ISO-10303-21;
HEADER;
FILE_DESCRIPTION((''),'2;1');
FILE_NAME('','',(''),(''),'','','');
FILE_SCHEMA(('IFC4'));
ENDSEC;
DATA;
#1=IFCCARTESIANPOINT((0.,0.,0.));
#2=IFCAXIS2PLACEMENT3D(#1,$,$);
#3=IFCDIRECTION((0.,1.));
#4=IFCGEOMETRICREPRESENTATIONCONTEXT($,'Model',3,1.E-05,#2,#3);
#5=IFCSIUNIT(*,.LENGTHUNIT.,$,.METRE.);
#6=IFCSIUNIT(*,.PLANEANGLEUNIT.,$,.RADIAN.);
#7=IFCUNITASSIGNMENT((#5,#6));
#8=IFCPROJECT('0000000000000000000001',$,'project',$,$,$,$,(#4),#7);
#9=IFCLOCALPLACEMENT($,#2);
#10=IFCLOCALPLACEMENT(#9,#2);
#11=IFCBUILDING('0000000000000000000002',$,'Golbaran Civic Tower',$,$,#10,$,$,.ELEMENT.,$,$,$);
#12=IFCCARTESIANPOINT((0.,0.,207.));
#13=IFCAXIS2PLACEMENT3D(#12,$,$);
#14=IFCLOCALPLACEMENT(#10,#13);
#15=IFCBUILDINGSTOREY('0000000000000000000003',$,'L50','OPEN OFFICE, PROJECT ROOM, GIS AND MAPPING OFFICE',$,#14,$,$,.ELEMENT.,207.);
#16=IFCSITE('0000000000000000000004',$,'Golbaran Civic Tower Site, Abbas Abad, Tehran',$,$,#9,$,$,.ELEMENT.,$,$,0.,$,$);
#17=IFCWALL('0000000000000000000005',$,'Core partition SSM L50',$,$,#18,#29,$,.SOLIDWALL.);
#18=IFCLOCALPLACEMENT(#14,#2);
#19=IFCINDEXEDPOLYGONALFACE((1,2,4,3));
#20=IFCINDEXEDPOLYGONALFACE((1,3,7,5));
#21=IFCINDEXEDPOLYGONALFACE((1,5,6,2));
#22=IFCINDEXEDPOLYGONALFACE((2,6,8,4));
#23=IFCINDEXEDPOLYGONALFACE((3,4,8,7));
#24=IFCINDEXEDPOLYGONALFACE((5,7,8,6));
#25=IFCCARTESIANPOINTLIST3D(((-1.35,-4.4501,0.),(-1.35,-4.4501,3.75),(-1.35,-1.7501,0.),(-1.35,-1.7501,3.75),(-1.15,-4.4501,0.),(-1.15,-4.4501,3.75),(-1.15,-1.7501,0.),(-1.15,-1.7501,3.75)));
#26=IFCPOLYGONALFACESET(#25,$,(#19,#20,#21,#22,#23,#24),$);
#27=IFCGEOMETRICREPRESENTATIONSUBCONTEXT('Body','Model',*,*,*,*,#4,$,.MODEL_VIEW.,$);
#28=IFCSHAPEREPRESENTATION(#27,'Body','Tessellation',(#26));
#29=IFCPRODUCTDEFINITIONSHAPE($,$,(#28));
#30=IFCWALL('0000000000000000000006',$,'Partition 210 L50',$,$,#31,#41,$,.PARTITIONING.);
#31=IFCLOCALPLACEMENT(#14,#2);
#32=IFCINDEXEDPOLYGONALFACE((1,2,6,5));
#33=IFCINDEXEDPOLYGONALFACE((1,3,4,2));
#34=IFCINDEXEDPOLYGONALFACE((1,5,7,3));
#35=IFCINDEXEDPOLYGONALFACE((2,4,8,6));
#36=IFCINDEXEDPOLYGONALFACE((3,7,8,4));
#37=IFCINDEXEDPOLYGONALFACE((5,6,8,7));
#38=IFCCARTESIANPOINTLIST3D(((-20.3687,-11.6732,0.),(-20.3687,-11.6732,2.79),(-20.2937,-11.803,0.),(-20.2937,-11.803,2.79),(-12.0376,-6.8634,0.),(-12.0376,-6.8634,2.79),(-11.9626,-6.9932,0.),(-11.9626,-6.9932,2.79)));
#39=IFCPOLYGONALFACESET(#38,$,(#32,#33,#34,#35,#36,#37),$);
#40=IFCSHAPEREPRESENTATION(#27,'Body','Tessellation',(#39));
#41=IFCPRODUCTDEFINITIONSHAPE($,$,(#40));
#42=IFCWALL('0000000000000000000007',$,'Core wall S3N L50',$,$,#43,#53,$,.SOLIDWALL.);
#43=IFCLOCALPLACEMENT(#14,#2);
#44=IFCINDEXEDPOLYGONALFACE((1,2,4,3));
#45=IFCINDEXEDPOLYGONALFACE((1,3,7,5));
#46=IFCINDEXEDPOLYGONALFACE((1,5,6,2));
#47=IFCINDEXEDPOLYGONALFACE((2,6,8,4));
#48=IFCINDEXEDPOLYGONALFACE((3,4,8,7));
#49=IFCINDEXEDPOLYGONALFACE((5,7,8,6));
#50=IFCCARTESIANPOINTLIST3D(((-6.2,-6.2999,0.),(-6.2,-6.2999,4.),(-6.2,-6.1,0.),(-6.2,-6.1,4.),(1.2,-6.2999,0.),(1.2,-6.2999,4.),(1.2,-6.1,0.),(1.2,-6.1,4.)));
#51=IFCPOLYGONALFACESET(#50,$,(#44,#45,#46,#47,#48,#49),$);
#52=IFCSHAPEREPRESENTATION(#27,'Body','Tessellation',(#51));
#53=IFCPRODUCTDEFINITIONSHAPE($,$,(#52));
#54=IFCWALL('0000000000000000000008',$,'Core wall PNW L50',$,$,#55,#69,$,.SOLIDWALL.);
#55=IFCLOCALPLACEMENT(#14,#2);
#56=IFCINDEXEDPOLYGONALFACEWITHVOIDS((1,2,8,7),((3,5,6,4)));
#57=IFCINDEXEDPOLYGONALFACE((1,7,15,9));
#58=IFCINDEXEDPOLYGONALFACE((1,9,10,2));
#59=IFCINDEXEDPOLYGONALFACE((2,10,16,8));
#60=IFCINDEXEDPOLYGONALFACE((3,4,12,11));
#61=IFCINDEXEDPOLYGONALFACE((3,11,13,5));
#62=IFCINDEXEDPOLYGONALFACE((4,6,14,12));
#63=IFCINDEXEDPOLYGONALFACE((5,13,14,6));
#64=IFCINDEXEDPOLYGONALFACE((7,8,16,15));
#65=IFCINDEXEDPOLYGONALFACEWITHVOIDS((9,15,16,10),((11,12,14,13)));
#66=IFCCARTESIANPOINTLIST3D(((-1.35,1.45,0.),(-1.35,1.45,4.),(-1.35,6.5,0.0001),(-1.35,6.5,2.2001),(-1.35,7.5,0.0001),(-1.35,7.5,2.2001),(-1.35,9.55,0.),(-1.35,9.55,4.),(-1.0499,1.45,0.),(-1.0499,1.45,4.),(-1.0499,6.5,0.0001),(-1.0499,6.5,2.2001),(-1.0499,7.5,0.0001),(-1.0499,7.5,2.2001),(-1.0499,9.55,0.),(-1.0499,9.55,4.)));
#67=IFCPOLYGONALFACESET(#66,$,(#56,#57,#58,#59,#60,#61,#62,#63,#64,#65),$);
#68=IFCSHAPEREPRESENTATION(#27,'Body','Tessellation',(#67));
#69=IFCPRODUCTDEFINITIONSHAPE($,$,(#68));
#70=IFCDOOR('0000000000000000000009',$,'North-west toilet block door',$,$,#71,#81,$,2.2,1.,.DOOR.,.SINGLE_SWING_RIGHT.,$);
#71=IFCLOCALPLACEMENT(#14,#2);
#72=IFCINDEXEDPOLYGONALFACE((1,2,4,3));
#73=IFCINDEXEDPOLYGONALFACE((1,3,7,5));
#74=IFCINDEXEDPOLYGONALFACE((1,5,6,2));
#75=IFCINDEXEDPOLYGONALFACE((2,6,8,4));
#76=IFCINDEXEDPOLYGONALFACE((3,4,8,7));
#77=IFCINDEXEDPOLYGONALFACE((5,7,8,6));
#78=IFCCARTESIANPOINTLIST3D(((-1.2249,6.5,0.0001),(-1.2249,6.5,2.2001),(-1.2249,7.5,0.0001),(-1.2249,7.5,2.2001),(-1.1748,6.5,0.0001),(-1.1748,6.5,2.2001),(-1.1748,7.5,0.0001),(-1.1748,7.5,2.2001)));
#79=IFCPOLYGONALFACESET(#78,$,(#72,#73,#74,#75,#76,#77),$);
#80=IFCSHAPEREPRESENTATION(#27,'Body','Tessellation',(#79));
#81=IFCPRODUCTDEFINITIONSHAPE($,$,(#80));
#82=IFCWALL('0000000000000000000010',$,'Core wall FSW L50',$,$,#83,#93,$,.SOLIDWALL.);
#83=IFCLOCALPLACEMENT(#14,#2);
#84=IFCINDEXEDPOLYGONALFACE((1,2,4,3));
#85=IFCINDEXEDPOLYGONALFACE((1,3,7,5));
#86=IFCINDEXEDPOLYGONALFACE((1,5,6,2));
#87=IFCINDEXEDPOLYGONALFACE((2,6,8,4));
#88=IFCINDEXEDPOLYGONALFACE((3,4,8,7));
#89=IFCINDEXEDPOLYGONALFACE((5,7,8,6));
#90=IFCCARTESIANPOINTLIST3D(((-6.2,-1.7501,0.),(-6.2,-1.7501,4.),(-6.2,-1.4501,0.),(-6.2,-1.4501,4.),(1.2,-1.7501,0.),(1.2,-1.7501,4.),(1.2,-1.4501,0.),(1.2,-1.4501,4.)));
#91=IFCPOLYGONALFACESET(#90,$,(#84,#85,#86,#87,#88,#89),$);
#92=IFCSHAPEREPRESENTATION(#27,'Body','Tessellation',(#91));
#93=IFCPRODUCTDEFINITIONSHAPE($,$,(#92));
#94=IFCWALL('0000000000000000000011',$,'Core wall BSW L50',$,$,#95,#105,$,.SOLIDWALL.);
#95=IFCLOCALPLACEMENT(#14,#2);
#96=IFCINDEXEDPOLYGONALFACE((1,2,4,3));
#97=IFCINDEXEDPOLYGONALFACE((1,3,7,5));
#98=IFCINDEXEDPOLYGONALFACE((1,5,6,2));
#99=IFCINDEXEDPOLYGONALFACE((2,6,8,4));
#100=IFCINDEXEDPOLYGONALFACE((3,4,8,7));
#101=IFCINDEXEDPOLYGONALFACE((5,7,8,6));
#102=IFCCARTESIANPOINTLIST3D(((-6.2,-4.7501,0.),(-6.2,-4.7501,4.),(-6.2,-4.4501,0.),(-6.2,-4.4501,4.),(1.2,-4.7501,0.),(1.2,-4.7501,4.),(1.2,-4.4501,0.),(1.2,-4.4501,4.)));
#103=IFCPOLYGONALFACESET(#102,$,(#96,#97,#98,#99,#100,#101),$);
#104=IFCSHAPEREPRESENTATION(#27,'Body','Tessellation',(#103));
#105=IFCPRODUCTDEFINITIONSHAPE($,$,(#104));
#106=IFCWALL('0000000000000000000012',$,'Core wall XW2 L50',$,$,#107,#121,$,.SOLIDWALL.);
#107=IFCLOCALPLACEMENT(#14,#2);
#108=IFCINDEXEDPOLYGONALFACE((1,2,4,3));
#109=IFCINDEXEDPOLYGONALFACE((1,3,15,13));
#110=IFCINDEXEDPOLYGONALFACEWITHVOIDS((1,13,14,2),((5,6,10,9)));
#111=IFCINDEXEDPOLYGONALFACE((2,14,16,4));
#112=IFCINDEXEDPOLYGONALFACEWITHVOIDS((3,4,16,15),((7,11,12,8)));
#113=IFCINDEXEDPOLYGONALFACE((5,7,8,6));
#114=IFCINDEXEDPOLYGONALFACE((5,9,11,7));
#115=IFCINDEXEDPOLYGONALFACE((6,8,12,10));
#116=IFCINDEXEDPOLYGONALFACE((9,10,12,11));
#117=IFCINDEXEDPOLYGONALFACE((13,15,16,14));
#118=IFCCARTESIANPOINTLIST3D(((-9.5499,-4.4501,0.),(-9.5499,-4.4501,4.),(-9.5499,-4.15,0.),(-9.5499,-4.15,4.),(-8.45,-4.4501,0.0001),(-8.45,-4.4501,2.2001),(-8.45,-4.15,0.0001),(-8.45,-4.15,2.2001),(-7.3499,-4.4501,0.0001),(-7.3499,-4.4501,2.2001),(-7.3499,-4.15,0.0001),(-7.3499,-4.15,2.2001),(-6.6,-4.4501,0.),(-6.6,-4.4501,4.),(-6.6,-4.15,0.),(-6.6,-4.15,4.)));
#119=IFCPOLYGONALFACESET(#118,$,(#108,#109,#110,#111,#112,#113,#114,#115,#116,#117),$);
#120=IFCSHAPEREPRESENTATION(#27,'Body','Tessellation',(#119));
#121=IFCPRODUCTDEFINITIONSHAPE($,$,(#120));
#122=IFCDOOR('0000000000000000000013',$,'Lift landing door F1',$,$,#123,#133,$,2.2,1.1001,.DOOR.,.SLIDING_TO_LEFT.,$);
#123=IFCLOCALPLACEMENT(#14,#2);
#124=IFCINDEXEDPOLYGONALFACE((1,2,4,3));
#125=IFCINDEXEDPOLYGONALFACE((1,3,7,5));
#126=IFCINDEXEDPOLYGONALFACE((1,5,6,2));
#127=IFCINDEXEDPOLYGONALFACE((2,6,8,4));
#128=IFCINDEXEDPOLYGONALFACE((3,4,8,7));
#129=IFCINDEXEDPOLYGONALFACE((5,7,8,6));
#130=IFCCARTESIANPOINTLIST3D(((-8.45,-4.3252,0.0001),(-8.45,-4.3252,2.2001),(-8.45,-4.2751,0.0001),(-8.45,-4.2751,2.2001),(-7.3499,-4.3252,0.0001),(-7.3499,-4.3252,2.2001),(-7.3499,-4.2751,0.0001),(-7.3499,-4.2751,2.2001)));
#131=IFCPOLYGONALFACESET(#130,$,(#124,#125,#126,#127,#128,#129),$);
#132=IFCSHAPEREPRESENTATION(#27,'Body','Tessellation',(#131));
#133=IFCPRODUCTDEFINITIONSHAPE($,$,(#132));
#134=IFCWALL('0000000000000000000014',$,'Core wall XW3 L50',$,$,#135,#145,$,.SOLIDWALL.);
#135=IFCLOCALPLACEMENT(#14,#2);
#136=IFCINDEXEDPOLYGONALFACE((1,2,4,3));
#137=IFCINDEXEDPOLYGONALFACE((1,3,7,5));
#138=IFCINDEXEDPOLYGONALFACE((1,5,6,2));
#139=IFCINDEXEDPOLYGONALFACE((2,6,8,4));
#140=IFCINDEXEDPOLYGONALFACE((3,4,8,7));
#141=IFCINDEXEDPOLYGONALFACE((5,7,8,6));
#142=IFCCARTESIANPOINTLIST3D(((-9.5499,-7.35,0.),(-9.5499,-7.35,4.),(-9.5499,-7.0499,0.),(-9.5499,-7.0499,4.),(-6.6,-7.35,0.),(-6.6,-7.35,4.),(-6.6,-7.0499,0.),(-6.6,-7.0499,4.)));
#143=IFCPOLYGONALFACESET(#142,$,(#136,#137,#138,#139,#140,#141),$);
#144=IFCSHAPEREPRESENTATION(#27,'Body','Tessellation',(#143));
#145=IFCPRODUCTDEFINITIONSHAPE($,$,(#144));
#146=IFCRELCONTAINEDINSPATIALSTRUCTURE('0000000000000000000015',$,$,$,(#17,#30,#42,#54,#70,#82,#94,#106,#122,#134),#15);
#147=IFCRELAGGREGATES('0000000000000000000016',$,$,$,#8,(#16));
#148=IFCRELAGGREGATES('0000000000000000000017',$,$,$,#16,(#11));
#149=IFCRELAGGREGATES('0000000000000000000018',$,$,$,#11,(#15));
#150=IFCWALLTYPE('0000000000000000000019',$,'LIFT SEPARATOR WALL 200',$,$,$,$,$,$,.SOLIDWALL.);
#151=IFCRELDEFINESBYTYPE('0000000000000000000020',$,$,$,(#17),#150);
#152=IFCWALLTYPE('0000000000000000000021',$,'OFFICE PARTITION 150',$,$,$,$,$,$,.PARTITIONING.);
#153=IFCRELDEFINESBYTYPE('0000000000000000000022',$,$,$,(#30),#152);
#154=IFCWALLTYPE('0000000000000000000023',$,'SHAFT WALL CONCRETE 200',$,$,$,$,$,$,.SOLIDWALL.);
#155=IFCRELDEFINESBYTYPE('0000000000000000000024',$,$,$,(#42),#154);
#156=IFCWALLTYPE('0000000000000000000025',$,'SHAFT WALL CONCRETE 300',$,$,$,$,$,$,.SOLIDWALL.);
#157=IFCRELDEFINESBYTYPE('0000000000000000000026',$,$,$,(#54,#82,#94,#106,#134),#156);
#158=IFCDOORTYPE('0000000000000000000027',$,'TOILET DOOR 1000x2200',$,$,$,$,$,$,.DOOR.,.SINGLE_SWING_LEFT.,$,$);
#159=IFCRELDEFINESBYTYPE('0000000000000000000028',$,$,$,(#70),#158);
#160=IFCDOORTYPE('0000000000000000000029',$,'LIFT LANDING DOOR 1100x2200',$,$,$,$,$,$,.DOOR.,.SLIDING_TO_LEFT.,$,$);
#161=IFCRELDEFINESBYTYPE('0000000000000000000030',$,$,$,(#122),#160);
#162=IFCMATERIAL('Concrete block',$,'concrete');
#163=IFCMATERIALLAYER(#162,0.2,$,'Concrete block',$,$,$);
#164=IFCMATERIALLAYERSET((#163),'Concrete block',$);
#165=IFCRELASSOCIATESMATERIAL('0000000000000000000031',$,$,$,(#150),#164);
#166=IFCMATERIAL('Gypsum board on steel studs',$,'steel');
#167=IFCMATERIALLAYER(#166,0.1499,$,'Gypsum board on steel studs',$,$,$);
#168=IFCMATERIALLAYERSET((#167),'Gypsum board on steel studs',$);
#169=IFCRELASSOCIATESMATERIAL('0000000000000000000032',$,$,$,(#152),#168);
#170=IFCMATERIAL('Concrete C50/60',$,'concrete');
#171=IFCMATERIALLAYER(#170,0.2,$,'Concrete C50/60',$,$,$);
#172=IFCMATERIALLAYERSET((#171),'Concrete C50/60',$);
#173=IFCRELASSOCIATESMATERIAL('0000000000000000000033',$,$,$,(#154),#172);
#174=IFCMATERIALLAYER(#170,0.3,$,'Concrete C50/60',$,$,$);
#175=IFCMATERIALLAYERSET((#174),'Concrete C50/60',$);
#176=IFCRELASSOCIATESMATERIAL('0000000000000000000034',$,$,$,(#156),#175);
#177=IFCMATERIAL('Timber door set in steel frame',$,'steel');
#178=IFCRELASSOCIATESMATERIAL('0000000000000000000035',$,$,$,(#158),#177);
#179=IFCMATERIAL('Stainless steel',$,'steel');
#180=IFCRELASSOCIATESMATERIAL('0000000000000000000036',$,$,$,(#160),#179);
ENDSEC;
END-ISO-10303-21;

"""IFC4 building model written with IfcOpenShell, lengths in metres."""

from ifc_helpers import new_model, si_unit, direction, frame, frame_2d, origin, place, context, subcontext, project, spatial, rectangle, extrude, material, layer, layer_set, type_object, element, fill, save


model = new_model("IFC4")

# Units and contexts
model_context = context("Model", 3, precision=1e-05, world=origin(), true_north=direction((0.0, 1.0)))
body_context = subcontext(model_context, "Body", "Model", "MODEL_VIEW")
ifc_project = project(units=[si_unit("LENGTHUNIT", "METRE"), si_unit("PLANEANGLEUNIT", "RADIAN")], contexts=[model_context])

# Site, building, storey
site_placement = place(None, origin())
site = spatial("IfcSite", under=ifc_project, at=site_placement, Name="Golbaran Civic Tower Site, Abbas Abad, Tehran", CompositionType="ELEMENT", RefElevation=0.0)
building_placement = place(site_placement, origin())
building = spatial("IfcBuilding", under=site, at=building_placement, Name="Golbaran Civic Tower", CompositionType="ELEMENT")
storey_placement = place(building_placement, frame((0.0, 0.0, 207.0)))
storey = spatial("IfcBuildingStorey", under=building, at=storey_placement, Name="L50", Description="OPEN OFFICE, PROJECT ROOM, GIS AND MAPPING OFFICE", CompositionType="ELEMENT", Elevation=207.0)

# Shared definitions
ifc_material_1 = material(Name="Timber door set in steel frame", Category="steel")

# Walls
ifc_material_2 = material(Name="Concrete block", Category="concrete")
ifc_layer_1 = layer(ifc_material_2, 0.2, Name="Concrete block")
ifc_layer_set_1 = layer_set([ifc_layer_1], Name="Concrete block")
wall_type_1 = type_object("IfcWallType", Name="LIFT SEPARATOR WALL 200", PredefinedType="SOLIDWALL", material=ifc_layer_set_1)
for number, where, z_axis, x_axis, name in (
    (1, (-1.25, -1.75, 0.0), (0.0, 0.0, 1.0), (0.0, -1.0, 0.0), "Core partition SSM L50"),
):
    element("IfcWall", number, at=place(storey_placement, frame(where, z_axis=z_axis, x_axis=x_axis)), inside=storey, type_object=wall_type_1, Name=name, PredefinedType="SOLIDWALL", context=body_context, shape_type="SweptSolid", body=[
        extrude(rectangle(XDim=2.7, YDim=0.2, at=frame_2d((1.3501, 0.0))), origin(), (0.0, 0.0, 1.0), 3.75),
    ])
ifc_material_3 = material(Name="Gypsum board on steel studs", Category="steel")
ifc_layer_2 = layer(ifc_material_3, 0.1499, Name="Gypsum board on steel studs")
ifc_layer_set_2 = layer_set([ifc_layer_2], Name="Gypsum board on steel studs")
wall_type_2 = type_object("IfcWallType", Name="OFFICE PARTITION 150", PredefinedType="PARTITIONING", material=ifc_layer_set_2)
wall_1_placement = place(storey_placement, frame((-12.0, -6.9282, 0.0), z_axis=(0.0, 0.0, 1.0), x_axis=(-0.866031, -0.49999, 0.0)))
element("IfcWall", 2, at=wall_1_placement, inside=storey, type_object=wall_type_2, Name="Partition 210 L50", PredefinedType="PARTITIONING", context=body_context, shape_type="SweptSolid", body=[
    extrude(rectangle(XDim=9.6199, YDim=0.1499, at=frame_2d((4.8101, 0.0))), origin(), (0.0, 0.0, 1.0), 2.79),
])
ifc_material_4 = material(Name="Concrete C50/60", Category="concrete")
ifc_layer_3 = layer(ifc_material_4, 0.2, Name="Concrete C50/60")
ifc_layer_set_3 = layer_set([ifc_layer_3], Name="Concrete C50/60")
wall_type_3 = type_object("IfcWallType", Name="SHAFT WALL CONCRETE 200", PredefinedType="SOLIDWALL", material=ifc_layer_set_3)
wall_2_placement = place(storey_placement, frame((-6.2, -6.2, 0.0), z_axis=(0.0, 0.0, 1.0), x_axis=(1.0, 0.0, 0.0)))
element("IfcWall", 3, at=wall_2_placement, inside=storey, type_object=wall_type_3, Name="Core wall S3N L50", PredefinedType="SOLIDWALL", context=body_context, shape_type="SweptSolid", body=[
    extrude(rectangle(XDim=7.3999, YDim=0.2, at=frame_2d((3.7, 0.0))), origin(), (0.0, 0.0, 1.0), 4.0),
])

# Wall, opening, door
ifc_layer_4 = layer(ifc_material_4, 0.3, Name="Concrete C50/60")
ifc_layer_set_4 = layer_set([ifc_layer_4], Name="Concrete C50/60")
wall_type_4 = type_object("IfcWallType", Name="SHAFT WALL CONCRETE 300", PredefinedType="SOLIDWALL", material=ifc_layer_set_4)
wall_3_placement = place(storey_placement, frame((-1.2, 1.45, 0.0), z_axis=(0.0, 0.0, 1.0), x_axis=(0.0, 1.0, 0.0)))
wall_3 = element("IfcWall", 4, at=wall_3_placement, inside=storey, type_object=wall_type_4, Name="Core wall PNW L50", PredefinedType="SOLIDWALL", context=body_context, shape_type="SweptSolid", body=[
    extrude(rectangle(XDim=8.1001, YDim=0.3, at=frame_2d((4.05, 0.0))), origin(), (0.0, 0.0, 1.0), 4.0),
])
opening_1_placement = place(wall_3_placement, frame((5.05, 0.0, 0.0)))
opening_1 = element("IfcOpeningElement", 5, at=opening_1_placement, cuts=wall_3, PredefinedType="OPENING", context=body_context, shape_type="SweptSolid", body=[
    extrude(rectangle(XDim=1.0, YDim=2.2, at=frame_2d((0.5, 1.1001))), frame((0.0, 0.1599, 0.0), z_axis=(0.0, -1.0, 0.0), x_axis=(1.0, 0.0, 0.0)), (0.0, 0.0, 1.0), 0.3201),
])
door_type_1 = type_object("IfcDoorType", Name="TOILET DOOR 1000x2200", OperationType="SINGLE_SWING_LEFT", PredefinedType="DOOR", material=ifc_material_1)
door_1_placement = place(opening_1_placement, origin())
door_1 = element("IfcDoor", 6, at=door_1_placement, inside=storey, type_object=door_type_1, Name="North-west toilet block door", OperationType="SINGLE_SWING_RIGHT", OverallHeight=2.2, OverallWidth=1.0, PredefinedType="DOOR", context=body_context, shape_type="SweptSolid", body=[
    extrude(rectangle(XDim=1.0, YDim=2.2, at=frame_2d((0.5, 1.1001))), frame((0.0, 0.0249, 0.0), z_axis=(0.0, -1.0, 0.0), x_axis=(1.0, 0.0, 0.0)), (0.0, 0.0, 1.0), 0.05),
])
fill(opening_1, door_1)

# Walls
for number, where, z_axis, x_axis, name in (
    (7, (-6.2, -1.6001, 0.0), (0.0, 0.0, 1.0), (1.0, 0.0, 0.0), "Core wall FSW L50"),
    (8, (-6.2, -4.6001, 0.0), (0.0, 0.0, 1.0), (1.0, 0.0, 0.0), "Core wall BSW L50"),
):
    element("IfcWall", number, at=place(storey_placement, frame(where, z_axis=z_axis, x_axis=x_axis)), inside=storey, type_object=wall_type_4, Name=name, PredefinedType="SOLIDWALL", context=body_context, shape_type="SweptSolid", body=[
        extrude(rectangle(XDim=7.3999, YDim=0.3, at=frame_2d((3.7, 0.0))), origin(), (0.0, 0.0, 1.0), 4.0),
    ])

# Wall, opening, door
wall_4_placement = place(storey_placement, frame((-9.55, -4.3, 0.0), z_axis=(0.0, 0.0, 1.0), x_axis=(1.0, 0.0, 0.0)))
wall_4 = element("IfcWall", 9, at=wall_4_placement, inside=storey, type_object=wall_type_4, Name="Core wall XW2 L50", PredefinedType="SOLIDWALL", context=body_context, shape_type="SweptSolid", body=[
    extrude(rectangle(XDim=2.95, YDim=0.3, at=frame_2d((1.4751, 0.0))), origin(), (0.0, 0.0, 1.0), 4.0),
])
opening_2_placement = place(wall_4_placement, frame((1.1001, 0.0, 0.0)))
opening_2 = element("IfcOpeningElement", 10, at=opening_2_placement, cuts=wall_4, PredefinedType="OPENING", context=body_context, shape_type="SweptSolid", body=[
    extrude(rectangle(XDim=1.1001, YDim=2.2, at=frame_2d((0.55, 1.1001))), frame((0.0, 0.1599, 0.0), z_axis=(0.0, -1.0, 0.0), x_axis=(1.0, 0.0, 0.0)), (0.0, 0.0, 1.0), 0.3201),
])
ifc_material_5 = material(Name="Stainless steel", Category="steel")
door_type_2 = type_object("IfcDoorType", Name="LIFT LANDING DOOR 1100x2200", OperationType="SLIDING_TO_LEFT", PredefinedType="DOOR", material=ifc_material_5)
door_2_placement = place(opening_2_placement, origin())
door_2 = element("IfcDoor", 11, at=door_2_placement, inside=storey, type_object=door_type_2, Name="Lift landing door F1", OperationType="SLIDING_TO_LEFT", OverallHeight=2.2, OverallWidth=1.1001, PredefinedType="DOOR", context=body_context, shape_type="SweptSolid", body=[
    extrude(rectangle(XDim=1.1001, YDim=2.2, at=frame_2d((0.55, 1.1001))), frame((0.0, 0.0249, 0.0), z_axis=(0.0, -1.0, 0.0), x_axis=(1.0, 0.0, 0.0)), (0.0, 0.0, 1.0), 0.05),
])
fill(opening_2, door_2)

# Wall
wall_5_placement = place(storey_placement, frame((-9.55, -7.2, 0.0), z_axis=(0.0, 0.0, 1.0), x_axis=(1.0, 0.0, 0.0)))
element("IfcWall", 12, at=wall_5_placement, inside=storey, type_object=wall_type_4, Name="Core wall XW3 L50", PredefinedType="SOLIDWALL", context=body_context, shape_type="SweptSolid", body=[
    extrude(rectangle(XDim=2.95, YDim=0.3, at=frame_2d((1.4751, 0.0))), origin(), (0.0, 0.0, 1.0), 4.0),
])

save(model, "model.ifc")
